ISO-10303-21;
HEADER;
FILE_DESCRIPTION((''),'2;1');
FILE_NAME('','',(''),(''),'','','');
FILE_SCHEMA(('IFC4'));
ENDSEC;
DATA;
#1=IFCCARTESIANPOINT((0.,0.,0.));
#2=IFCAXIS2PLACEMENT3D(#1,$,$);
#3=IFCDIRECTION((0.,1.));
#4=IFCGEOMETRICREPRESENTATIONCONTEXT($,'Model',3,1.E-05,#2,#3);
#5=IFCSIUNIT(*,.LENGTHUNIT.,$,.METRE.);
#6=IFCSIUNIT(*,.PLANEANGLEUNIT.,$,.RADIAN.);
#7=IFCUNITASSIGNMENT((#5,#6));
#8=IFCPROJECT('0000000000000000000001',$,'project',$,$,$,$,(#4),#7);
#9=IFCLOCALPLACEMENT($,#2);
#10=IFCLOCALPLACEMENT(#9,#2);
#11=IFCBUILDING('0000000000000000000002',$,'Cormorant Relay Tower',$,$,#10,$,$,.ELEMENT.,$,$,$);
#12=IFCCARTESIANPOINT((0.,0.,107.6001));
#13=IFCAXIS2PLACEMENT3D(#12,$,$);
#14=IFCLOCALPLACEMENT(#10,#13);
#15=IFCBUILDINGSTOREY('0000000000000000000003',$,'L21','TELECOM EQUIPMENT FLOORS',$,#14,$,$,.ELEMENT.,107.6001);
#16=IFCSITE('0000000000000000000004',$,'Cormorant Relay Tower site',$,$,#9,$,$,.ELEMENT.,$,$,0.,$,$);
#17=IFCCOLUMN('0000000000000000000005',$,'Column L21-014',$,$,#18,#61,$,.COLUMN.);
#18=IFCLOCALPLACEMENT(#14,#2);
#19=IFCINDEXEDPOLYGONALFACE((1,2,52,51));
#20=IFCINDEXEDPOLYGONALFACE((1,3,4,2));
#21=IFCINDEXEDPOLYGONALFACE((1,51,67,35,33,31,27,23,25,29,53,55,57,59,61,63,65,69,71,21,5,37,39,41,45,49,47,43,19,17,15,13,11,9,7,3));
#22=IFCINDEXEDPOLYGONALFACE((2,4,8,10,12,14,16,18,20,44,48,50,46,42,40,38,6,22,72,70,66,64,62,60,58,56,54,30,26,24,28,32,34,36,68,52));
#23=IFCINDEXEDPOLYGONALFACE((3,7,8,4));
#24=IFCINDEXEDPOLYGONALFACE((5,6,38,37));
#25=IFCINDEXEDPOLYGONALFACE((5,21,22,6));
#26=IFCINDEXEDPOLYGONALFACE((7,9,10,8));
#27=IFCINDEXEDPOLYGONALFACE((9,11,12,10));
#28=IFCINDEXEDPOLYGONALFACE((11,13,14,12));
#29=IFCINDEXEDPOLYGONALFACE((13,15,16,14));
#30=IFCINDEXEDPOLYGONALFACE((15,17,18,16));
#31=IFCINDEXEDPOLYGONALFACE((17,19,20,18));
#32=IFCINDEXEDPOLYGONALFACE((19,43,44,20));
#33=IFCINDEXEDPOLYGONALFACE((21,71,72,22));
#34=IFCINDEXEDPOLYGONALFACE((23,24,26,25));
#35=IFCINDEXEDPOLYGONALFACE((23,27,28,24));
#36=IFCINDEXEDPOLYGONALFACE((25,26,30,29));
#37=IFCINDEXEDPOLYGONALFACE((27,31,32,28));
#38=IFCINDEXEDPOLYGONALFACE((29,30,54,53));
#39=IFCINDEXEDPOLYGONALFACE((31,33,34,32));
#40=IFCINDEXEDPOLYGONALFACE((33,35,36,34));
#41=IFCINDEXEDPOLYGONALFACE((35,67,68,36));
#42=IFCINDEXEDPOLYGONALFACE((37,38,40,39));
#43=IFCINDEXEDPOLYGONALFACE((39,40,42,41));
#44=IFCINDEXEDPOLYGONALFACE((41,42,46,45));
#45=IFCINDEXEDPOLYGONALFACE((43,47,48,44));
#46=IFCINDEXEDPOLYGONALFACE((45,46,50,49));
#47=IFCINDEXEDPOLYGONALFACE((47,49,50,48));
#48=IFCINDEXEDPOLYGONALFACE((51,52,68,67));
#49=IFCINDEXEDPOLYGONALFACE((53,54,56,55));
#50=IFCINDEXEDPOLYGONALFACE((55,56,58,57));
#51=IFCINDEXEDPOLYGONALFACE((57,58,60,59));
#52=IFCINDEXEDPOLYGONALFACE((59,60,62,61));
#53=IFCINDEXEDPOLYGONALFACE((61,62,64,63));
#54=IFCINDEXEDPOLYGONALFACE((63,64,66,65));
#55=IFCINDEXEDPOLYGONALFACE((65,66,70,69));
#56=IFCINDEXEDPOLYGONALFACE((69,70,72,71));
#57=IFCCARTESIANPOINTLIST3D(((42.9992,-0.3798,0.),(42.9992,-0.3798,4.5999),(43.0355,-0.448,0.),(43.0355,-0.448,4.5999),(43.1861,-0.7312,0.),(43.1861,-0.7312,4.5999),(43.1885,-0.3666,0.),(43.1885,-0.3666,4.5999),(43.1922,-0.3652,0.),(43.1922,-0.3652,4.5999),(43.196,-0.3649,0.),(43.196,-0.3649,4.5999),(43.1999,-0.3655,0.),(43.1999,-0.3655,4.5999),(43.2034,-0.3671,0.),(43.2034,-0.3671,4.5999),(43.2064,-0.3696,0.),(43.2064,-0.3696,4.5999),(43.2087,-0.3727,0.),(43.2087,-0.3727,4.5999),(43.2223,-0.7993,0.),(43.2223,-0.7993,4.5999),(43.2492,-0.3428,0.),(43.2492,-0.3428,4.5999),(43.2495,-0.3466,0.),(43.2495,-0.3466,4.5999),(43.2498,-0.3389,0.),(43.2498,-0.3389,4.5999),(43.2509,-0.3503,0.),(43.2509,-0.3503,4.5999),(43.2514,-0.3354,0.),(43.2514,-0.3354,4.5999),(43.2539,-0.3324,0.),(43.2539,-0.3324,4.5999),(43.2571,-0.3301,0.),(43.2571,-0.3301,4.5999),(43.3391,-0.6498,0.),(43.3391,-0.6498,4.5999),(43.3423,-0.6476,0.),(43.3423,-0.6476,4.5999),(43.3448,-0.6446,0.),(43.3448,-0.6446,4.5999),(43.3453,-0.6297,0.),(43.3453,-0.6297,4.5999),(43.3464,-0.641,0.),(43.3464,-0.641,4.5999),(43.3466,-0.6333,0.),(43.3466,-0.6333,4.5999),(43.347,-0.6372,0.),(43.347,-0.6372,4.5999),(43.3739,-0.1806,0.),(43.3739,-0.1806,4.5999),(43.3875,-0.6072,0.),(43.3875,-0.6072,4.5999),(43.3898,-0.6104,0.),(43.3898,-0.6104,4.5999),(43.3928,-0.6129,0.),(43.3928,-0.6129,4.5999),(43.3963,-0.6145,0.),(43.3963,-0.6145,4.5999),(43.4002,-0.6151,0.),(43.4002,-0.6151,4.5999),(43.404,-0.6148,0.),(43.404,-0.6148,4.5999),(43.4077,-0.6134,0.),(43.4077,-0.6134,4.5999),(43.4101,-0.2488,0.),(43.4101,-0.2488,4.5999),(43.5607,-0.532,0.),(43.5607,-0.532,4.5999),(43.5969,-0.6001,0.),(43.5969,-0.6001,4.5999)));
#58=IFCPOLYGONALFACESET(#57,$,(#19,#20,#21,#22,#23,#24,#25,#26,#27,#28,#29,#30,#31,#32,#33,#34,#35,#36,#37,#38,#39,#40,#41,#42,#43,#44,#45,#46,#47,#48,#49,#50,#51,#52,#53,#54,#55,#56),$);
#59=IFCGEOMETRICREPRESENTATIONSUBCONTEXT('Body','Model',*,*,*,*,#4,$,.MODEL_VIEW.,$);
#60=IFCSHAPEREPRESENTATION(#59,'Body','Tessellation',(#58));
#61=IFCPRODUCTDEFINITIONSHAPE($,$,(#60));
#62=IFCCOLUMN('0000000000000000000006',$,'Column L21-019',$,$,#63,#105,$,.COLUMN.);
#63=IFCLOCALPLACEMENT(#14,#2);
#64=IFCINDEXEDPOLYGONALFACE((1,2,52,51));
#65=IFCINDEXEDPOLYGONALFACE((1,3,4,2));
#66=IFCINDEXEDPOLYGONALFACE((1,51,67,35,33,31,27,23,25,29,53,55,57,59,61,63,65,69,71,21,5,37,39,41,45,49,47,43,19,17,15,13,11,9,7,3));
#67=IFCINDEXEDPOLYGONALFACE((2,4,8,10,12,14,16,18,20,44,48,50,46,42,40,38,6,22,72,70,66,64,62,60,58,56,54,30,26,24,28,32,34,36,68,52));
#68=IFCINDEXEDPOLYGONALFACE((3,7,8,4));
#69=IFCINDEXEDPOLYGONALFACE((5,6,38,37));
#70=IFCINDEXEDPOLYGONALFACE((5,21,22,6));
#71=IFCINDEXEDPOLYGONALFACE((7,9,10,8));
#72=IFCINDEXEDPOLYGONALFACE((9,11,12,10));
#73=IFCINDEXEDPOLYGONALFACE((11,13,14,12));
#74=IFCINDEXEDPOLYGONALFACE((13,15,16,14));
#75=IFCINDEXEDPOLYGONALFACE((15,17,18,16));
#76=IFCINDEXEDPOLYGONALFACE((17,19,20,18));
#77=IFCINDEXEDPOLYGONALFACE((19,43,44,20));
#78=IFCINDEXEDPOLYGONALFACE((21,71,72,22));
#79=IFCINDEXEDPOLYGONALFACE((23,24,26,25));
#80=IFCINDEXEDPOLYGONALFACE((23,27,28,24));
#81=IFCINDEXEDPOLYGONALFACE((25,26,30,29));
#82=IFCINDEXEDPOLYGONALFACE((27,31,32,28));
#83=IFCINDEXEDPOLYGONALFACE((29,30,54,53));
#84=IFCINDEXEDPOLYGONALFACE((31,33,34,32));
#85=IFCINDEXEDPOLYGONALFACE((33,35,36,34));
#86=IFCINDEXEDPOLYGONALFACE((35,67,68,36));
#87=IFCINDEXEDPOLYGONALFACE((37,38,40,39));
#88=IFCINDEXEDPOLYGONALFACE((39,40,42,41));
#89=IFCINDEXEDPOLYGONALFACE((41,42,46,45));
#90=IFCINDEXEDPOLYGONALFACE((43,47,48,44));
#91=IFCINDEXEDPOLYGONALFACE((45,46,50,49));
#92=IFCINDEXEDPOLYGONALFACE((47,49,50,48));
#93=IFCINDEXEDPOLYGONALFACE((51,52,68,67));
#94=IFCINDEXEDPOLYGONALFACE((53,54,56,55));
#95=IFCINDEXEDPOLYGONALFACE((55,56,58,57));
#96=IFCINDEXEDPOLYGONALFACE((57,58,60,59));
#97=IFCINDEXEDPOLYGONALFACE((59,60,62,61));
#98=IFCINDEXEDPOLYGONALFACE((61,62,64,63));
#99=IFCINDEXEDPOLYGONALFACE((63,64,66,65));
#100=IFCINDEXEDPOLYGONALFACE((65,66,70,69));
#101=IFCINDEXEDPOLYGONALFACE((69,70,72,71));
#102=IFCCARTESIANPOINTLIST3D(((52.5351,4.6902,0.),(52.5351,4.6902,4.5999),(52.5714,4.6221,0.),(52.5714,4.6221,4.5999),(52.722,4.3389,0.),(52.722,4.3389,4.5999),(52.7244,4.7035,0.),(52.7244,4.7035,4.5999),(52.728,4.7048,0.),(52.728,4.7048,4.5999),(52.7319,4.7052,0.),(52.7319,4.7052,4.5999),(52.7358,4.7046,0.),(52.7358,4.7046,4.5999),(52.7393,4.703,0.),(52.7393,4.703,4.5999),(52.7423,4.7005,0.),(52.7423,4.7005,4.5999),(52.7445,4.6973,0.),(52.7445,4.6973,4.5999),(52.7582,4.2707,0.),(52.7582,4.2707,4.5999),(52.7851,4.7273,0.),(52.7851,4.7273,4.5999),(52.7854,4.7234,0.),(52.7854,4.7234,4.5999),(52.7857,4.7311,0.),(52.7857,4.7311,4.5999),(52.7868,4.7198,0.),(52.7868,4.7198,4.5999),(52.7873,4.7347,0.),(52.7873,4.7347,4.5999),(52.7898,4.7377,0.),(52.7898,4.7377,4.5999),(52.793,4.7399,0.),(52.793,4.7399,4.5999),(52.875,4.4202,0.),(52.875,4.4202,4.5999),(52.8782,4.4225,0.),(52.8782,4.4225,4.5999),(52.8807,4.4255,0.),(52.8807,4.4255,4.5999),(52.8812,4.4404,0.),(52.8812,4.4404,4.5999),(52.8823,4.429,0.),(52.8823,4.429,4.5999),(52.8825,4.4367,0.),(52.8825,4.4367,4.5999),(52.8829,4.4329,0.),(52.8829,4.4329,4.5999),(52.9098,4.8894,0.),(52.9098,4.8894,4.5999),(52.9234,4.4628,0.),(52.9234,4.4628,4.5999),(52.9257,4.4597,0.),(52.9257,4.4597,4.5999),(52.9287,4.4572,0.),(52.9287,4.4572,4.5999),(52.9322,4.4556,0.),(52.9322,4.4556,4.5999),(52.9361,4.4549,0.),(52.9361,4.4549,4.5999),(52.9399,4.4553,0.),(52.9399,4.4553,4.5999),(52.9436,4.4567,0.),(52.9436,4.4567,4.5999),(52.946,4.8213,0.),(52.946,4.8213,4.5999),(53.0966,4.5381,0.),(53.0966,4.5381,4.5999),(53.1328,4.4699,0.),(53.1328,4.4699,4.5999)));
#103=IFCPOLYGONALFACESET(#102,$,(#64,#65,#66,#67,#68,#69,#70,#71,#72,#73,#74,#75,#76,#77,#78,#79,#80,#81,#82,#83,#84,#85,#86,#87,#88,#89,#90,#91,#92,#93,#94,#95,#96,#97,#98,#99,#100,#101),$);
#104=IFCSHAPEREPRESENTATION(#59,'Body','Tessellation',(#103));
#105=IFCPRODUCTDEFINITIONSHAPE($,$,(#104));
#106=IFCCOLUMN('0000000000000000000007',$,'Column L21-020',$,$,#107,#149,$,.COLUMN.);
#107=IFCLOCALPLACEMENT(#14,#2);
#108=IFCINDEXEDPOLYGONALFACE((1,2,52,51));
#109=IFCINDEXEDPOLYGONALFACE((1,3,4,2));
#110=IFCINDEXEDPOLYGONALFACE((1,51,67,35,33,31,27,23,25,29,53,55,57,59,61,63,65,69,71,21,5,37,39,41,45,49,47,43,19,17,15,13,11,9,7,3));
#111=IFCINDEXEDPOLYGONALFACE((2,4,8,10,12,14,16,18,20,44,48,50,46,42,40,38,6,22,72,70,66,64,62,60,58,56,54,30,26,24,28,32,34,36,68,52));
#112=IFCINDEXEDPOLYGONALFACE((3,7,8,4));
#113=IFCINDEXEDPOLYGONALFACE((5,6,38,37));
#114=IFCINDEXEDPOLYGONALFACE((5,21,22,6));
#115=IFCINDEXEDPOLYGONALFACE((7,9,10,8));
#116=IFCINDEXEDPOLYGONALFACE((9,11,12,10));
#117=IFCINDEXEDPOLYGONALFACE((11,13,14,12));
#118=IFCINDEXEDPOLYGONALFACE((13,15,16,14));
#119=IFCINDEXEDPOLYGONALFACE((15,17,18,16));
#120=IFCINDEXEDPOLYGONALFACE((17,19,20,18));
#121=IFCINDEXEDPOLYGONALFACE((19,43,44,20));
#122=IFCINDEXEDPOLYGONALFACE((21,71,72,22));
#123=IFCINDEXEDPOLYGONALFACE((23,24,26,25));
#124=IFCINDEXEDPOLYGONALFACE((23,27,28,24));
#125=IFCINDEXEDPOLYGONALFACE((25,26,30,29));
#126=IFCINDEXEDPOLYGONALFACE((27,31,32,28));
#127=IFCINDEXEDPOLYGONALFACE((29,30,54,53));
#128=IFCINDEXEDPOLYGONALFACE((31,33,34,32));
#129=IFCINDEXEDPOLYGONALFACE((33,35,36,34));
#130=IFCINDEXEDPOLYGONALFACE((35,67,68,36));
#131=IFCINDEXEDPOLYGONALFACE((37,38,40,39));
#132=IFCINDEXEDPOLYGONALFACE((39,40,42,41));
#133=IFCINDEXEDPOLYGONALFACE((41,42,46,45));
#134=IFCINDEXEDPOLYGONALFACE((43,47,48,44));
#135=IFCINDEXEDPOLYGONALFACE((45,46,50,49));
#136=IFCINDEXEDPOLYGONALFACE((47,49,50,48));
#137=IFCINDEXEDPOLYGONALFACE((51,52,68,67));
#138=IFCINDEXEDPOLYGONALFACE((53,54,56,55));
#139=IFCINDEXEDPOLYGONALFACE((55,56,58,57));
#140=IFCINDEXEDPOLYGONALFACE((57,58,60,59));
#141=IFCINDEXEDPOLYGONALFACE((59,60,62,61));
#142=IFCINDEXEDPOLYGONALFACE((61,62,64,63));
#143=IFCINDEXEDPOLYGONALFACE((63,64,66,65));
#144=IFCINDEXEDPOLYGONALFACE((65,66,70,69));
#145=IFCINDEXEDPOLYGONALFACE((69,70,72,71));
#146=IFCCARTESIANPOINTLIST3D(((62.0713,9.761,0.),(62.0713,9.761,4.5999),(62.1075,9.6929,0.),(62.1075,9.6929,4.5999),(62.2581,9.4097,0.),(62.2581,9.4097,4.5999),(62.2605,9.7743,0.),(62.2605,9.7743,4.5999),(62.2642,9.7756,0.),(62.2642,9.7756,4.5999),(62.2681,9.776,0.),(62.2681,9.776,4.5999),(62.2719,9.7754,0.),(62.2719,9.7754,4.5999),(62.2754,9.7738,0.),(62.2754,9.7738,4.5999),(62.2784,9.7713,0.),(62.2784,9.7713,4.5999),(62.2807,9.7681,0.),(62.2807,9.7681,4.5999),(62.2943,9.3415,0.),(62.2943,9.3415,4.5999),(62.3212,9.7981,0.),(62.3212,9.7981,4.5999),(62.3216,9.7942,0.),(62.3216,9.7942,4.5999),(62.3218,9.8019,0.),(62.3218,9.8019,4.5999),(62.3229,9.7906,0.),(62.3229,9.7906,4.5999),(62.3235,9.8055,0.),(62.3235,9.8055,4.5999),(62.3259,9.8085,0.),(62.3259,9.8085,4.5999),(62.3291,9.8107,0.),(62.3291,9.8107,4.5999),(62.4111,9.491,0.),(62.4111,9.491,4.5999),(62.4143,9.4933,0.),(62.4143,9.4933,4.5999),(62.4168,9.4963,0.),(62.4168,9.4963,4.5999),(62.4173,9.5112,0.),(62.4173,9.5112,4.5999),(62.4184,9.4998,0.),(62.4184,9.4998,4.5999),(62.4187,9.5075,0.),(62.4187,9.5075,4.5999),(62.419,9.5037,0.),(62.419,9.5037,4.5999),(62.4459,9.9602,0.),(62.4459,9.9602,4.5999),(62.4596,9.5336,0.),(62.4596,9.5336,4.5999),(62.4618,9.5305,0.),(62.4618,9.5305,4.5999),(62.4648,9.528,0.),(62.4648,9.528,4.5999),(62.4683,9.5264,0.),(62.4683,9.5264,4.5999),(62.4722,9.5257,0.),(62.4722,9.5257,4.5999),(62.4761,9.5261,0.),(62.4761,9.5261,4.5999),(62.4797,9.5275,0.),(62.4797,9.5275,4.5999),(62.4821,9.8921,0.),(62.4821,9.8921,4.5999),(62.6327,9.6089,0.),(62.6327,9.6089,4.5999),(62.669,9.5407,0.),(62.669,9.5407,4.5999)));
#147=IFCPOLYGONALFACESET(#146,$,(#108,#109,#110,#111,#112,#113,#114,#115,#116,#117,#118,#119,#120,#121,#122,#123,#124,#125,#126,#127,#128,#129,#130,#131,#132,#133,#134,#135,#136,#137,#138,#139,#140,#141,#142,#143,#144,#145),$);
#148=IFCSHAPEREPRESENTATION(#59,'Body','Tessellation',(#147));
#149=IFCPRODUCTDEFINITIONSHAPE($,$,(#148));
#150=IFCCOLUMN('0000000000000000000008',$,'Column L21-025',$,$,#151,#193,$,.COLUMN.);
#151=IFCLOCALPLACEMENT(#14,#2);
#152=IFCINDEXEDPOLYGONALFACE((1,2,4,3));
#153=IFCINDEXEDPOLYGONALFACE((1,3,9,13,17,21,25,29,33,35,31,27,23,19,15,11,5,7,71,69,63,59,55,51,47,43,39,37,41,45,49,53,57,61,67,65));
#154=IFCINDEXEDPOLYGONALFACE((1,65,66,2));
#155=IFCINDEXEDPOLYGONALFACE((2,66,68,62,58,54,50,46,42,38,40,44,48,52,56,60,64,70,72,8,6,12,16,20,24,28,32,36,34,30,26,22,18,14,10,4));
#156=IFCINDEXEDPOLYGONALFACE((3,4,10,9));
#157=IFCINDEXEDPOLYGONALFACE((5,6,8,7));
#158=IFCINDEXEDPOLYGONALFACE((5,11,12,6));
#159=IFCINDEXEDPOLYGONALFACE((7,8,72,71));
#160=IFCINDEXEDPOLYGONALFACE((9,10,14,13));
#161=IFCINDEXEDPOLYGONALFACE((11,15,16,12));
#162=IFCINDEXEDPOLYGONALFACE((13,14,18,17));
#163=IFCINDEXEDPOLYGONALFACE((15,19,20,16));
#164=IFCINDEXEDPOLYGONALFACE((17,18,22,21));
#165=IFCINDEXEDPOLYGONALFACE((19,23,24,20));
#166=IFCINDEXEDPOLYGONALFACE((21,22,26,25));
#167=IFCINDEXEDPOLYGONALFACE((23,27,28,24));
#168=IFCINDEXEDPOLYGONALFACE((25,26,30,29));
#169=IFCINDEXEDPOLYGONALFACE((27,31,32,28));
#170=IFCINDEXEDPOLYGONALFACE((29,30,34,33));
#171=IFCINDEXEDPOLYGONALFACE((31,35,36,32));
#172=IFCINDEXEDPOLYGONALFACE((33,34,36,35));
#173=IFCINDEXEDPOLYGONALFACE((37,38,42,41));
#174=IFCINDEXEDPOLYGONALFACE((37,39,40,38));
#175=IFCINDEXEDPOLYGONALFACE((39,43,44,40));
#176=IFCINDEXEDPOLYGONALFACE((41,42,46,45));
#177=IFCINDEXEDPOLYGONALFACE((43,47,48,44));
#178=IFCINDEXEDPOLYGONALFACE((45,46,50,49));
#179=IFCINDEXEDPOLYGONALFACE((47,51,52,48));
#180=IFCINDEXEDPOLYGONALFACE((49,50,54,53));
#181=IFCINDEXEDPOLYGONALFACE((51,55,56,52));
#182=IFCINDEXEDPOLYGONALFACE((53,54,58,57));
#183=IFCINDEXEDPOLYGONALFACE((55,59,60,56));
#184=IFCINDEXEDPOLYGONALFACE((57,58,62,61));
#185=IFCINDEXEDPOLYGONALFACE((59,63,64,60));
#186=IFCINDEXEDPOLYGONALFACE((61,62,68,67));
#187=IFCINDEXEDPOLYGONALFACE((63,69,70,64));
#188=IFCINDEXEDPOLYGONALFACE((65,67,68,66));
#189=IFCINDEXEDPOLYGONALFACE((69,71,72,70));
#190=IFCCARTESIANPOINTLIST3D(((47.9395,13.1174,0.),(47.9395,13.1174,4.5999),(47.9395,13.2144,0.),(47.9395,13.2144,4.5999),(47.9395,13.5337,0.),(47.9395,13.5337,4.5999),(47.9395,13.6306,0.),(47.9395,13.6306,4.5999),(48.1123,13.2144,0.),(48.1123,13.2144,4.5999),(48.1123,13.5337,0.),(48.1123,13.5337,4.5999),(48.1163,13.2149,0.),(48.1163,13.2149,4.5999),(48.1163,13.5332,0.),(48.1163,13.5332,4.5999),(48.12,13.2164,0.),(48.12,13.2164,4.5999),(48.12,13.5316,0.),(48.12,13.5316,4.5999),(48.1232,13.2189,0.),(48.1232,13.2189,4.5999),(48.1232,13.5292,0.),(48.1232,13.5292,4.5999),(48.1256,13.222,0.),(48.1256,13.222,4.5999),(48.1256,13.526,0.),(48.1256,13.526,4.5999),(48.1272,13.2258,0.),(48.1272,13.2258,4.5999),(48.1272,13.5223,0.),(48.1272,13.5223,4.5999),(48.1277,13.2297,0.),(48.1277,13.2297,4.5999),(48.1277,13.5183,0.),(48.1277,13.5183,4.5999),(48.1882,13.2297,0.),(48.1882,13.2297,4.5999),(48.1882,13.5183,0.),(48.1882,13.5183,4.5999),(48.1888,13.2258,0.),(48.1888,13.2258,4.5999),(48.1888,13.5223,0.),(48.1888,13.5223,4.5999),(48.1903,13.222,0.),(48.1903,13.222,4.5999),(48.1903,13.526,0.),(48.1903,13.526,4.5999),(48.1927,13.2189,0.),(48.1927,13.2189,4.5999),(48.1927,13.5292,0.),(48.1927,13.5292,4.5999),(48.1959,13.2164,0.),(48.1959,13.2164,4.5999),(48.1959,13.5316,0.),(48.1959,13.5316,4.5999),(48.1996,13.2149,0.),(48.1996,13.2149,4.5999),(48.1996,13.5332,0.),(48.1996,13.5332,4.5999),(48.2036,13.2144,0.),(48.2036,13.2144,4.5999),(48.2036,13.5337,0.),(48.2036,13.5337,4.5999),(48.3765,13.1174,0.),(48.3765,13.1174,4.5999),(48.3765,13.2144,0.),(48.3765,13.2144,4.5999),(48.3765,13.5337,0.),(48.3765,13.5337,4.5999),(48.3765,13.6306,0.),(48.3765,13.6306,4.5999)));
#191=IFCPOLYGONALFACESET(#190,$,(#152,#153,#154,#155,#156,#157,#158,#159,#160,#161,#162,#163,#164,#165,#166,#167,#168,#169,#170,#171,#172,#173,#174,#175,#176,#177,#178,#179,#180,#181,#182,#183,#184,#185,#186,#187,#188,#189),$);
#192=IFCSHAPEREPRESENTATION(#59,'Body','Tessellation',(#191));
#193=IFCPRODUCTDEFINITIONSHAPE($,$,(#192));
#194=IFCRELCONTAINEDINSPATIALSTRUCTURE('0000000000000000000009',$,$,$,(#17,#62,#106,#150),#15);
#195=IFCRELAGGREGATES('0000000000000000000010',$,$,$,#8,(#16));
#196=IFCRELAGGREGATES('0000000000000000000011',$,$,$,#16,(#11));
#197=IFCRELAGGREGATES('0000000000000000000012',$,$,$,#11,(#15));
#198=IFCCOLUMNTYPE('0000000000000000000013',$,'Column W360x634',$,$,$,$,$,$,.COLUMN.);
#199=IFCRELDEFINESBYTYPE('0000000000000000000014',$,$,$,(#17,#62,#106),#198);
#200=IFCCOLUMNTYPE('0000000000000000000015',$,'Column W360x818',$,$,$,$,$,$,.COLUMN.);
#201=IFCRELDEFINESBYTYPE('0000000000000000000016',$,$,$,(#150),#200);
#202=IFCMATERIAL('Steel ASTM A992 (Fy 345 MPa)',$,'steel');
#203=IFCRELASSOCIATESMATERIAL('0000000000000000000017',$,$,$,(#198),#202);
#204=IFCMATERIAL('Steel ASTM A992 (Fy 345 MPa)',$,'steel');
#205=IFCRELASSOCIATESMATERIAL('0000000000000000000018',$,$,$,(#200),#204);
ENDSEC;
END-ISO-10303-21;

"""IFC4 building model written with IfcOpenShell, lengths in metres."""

from ifc_helpers import new_model, si_unit, direction, frame, origin, origin_2d, place, context, subcontext, project, spatial, i_section, extrude, material, material_profile, profile_set, type_object, element, save


model = new_model("IFC4")

# Units and contexts
model_context = context("Model", 3, precision=1e-05, world=origin(), true_north=direction((0.0, 1.0)))
body_context = subcontext(model_context, "Body", "Model", "MODEL_VIEW")
ifc_project = project(units=[si_unit("LENGTHUNIT", "METRE"), si_unit("PLANEANGLEUNIT", "RADIAN")], contexts=[model_context])

# Site, building, storey
site_placement = place(None, origin())
site = spatial("IfcSite", under=ifc_project, at=site_placement, Name="Cormorant Relay Tower site", CompositionType="ELEMENT", RefElevation=0.0)
building_placement = place(site_placement, origin())
building = spatial("IfcBuilding", under=site, at=building_placement, Name="Cormorant Relay Tower", CompositionType="ELEMENT")
storey_placement = place(building_placement, frame((0.0, 0.0, 107.6001)))
storey = spatial("IfcBuildingStorey", under=building, at=storey_placement, Name="L21", Description="TELECOM EQUIPMENT FLOORS", CompositionType="ELEMENT", Elevation=107.6001)

# Columns
ifc_material_1 = material(Name="Steel ASTM A992 (Fy 345 MPa)", Category="steel")
ifc_material_profile_1 = material_profile(ifc_material_1, i_section(OverallWidth=0.4243, OverallDepth=0.4751, WebThickness=0.0479, FlangeThickness=0.0771, FilletRadius=0.0149, at=origin_2d()), Name="W360x634")
ifc_profile_set_1 = profile_set([ifc_material_profile_1], Name="Steel ASTM A992 (Fy 345 MPa)")
column_type_1 = type_object("IfcColumnType", Name="Column W360x634", PredefinedType="COLUMN", material=ifc_profile_set_1)
for number, where, z_axis, x_axis, name in (
    (1, (43.2981, -0.49, 0.0), (0.0, 0.0, 1.0), (0.882948, 0.469472, 0.0), "Column L21-014"),
    (2, (52.834, 4.5801, 0.0), (0.0, 0.0, 1.0), (0.882948, 0.469472, 0.0), "Column L21-019"),
    (3, (62.3701, 9.6509, 0.0), (0.0, 0.0, 1.0), (0.882948, 0.469472, 0.0), "Column L21-020"),
):
    element("IfcColumn", number, at=place(storey_placement, frame(where, z_axis=z_axis, x_axis=x_axis)), inside=storey, type_object=column_type_1, Name=name, PredefinedType="COLUMN", context=body_context, shape_type="SweptSolid", body=[
        extrude(i_section(OverallWidth=0.4243, OverallDepth=0.4751, WebThickness=0.0479, FlangeThickness=0.0771, FilletRadius=0.0149, at=origin_2d()), origin(), (0.0, 0.0, 1.0), 4.5999),
    ])
ifc_material_2 = material(Name="Steel ASTM A992 (Fy 345 MPa)", Category="steel")
ifc_material_profile_2 = material_profile(ifc_material_2, i_section(OverallWidth=0.437, OverallDepth=0.5132, WebThickness=0.0605, FlangeThickness=0.0969, FilletRadius=0.0154, at=origin_2d()), Name="W360x818")
ifc_profile_set_2 = profile_set([ifc_material_profile_2], Name="Steel ASTM A992 (Fy 345 MPa)")
column_type_2 = type_object("IfcColumnType", Name="Column W360x818", PredefinedType="COLUMN", material=ifc_profile_set_2)
for number, where, z_axis, x_axis, name in (
    (4, (48.158, 13.374, 0.0), (0.0, 0.0, 1.0), (1.0, 0.0, 0.0), "Column L21-025"),
):
    element("IfcColumn", number, at=place(storey_placement, frame(where, z_axis=z_axis, x_axis=x_axis)), inside=storey, type_object=column_type_2, Name=name, PredefinedType="COLUMN", context=body_context, shape_type="SweptSolid", body=[
        extrude(i_section(OverallWidth=0.437, OverallDepth=0.5132, WebThickness=0.0605, FlangeThickness=0.0969, FilletRadius=0.0154, at=origin_2d()), origin(), (0.0, 0.0, 1.0), 4.5999),
    ])

save(model, "model.ifc")
